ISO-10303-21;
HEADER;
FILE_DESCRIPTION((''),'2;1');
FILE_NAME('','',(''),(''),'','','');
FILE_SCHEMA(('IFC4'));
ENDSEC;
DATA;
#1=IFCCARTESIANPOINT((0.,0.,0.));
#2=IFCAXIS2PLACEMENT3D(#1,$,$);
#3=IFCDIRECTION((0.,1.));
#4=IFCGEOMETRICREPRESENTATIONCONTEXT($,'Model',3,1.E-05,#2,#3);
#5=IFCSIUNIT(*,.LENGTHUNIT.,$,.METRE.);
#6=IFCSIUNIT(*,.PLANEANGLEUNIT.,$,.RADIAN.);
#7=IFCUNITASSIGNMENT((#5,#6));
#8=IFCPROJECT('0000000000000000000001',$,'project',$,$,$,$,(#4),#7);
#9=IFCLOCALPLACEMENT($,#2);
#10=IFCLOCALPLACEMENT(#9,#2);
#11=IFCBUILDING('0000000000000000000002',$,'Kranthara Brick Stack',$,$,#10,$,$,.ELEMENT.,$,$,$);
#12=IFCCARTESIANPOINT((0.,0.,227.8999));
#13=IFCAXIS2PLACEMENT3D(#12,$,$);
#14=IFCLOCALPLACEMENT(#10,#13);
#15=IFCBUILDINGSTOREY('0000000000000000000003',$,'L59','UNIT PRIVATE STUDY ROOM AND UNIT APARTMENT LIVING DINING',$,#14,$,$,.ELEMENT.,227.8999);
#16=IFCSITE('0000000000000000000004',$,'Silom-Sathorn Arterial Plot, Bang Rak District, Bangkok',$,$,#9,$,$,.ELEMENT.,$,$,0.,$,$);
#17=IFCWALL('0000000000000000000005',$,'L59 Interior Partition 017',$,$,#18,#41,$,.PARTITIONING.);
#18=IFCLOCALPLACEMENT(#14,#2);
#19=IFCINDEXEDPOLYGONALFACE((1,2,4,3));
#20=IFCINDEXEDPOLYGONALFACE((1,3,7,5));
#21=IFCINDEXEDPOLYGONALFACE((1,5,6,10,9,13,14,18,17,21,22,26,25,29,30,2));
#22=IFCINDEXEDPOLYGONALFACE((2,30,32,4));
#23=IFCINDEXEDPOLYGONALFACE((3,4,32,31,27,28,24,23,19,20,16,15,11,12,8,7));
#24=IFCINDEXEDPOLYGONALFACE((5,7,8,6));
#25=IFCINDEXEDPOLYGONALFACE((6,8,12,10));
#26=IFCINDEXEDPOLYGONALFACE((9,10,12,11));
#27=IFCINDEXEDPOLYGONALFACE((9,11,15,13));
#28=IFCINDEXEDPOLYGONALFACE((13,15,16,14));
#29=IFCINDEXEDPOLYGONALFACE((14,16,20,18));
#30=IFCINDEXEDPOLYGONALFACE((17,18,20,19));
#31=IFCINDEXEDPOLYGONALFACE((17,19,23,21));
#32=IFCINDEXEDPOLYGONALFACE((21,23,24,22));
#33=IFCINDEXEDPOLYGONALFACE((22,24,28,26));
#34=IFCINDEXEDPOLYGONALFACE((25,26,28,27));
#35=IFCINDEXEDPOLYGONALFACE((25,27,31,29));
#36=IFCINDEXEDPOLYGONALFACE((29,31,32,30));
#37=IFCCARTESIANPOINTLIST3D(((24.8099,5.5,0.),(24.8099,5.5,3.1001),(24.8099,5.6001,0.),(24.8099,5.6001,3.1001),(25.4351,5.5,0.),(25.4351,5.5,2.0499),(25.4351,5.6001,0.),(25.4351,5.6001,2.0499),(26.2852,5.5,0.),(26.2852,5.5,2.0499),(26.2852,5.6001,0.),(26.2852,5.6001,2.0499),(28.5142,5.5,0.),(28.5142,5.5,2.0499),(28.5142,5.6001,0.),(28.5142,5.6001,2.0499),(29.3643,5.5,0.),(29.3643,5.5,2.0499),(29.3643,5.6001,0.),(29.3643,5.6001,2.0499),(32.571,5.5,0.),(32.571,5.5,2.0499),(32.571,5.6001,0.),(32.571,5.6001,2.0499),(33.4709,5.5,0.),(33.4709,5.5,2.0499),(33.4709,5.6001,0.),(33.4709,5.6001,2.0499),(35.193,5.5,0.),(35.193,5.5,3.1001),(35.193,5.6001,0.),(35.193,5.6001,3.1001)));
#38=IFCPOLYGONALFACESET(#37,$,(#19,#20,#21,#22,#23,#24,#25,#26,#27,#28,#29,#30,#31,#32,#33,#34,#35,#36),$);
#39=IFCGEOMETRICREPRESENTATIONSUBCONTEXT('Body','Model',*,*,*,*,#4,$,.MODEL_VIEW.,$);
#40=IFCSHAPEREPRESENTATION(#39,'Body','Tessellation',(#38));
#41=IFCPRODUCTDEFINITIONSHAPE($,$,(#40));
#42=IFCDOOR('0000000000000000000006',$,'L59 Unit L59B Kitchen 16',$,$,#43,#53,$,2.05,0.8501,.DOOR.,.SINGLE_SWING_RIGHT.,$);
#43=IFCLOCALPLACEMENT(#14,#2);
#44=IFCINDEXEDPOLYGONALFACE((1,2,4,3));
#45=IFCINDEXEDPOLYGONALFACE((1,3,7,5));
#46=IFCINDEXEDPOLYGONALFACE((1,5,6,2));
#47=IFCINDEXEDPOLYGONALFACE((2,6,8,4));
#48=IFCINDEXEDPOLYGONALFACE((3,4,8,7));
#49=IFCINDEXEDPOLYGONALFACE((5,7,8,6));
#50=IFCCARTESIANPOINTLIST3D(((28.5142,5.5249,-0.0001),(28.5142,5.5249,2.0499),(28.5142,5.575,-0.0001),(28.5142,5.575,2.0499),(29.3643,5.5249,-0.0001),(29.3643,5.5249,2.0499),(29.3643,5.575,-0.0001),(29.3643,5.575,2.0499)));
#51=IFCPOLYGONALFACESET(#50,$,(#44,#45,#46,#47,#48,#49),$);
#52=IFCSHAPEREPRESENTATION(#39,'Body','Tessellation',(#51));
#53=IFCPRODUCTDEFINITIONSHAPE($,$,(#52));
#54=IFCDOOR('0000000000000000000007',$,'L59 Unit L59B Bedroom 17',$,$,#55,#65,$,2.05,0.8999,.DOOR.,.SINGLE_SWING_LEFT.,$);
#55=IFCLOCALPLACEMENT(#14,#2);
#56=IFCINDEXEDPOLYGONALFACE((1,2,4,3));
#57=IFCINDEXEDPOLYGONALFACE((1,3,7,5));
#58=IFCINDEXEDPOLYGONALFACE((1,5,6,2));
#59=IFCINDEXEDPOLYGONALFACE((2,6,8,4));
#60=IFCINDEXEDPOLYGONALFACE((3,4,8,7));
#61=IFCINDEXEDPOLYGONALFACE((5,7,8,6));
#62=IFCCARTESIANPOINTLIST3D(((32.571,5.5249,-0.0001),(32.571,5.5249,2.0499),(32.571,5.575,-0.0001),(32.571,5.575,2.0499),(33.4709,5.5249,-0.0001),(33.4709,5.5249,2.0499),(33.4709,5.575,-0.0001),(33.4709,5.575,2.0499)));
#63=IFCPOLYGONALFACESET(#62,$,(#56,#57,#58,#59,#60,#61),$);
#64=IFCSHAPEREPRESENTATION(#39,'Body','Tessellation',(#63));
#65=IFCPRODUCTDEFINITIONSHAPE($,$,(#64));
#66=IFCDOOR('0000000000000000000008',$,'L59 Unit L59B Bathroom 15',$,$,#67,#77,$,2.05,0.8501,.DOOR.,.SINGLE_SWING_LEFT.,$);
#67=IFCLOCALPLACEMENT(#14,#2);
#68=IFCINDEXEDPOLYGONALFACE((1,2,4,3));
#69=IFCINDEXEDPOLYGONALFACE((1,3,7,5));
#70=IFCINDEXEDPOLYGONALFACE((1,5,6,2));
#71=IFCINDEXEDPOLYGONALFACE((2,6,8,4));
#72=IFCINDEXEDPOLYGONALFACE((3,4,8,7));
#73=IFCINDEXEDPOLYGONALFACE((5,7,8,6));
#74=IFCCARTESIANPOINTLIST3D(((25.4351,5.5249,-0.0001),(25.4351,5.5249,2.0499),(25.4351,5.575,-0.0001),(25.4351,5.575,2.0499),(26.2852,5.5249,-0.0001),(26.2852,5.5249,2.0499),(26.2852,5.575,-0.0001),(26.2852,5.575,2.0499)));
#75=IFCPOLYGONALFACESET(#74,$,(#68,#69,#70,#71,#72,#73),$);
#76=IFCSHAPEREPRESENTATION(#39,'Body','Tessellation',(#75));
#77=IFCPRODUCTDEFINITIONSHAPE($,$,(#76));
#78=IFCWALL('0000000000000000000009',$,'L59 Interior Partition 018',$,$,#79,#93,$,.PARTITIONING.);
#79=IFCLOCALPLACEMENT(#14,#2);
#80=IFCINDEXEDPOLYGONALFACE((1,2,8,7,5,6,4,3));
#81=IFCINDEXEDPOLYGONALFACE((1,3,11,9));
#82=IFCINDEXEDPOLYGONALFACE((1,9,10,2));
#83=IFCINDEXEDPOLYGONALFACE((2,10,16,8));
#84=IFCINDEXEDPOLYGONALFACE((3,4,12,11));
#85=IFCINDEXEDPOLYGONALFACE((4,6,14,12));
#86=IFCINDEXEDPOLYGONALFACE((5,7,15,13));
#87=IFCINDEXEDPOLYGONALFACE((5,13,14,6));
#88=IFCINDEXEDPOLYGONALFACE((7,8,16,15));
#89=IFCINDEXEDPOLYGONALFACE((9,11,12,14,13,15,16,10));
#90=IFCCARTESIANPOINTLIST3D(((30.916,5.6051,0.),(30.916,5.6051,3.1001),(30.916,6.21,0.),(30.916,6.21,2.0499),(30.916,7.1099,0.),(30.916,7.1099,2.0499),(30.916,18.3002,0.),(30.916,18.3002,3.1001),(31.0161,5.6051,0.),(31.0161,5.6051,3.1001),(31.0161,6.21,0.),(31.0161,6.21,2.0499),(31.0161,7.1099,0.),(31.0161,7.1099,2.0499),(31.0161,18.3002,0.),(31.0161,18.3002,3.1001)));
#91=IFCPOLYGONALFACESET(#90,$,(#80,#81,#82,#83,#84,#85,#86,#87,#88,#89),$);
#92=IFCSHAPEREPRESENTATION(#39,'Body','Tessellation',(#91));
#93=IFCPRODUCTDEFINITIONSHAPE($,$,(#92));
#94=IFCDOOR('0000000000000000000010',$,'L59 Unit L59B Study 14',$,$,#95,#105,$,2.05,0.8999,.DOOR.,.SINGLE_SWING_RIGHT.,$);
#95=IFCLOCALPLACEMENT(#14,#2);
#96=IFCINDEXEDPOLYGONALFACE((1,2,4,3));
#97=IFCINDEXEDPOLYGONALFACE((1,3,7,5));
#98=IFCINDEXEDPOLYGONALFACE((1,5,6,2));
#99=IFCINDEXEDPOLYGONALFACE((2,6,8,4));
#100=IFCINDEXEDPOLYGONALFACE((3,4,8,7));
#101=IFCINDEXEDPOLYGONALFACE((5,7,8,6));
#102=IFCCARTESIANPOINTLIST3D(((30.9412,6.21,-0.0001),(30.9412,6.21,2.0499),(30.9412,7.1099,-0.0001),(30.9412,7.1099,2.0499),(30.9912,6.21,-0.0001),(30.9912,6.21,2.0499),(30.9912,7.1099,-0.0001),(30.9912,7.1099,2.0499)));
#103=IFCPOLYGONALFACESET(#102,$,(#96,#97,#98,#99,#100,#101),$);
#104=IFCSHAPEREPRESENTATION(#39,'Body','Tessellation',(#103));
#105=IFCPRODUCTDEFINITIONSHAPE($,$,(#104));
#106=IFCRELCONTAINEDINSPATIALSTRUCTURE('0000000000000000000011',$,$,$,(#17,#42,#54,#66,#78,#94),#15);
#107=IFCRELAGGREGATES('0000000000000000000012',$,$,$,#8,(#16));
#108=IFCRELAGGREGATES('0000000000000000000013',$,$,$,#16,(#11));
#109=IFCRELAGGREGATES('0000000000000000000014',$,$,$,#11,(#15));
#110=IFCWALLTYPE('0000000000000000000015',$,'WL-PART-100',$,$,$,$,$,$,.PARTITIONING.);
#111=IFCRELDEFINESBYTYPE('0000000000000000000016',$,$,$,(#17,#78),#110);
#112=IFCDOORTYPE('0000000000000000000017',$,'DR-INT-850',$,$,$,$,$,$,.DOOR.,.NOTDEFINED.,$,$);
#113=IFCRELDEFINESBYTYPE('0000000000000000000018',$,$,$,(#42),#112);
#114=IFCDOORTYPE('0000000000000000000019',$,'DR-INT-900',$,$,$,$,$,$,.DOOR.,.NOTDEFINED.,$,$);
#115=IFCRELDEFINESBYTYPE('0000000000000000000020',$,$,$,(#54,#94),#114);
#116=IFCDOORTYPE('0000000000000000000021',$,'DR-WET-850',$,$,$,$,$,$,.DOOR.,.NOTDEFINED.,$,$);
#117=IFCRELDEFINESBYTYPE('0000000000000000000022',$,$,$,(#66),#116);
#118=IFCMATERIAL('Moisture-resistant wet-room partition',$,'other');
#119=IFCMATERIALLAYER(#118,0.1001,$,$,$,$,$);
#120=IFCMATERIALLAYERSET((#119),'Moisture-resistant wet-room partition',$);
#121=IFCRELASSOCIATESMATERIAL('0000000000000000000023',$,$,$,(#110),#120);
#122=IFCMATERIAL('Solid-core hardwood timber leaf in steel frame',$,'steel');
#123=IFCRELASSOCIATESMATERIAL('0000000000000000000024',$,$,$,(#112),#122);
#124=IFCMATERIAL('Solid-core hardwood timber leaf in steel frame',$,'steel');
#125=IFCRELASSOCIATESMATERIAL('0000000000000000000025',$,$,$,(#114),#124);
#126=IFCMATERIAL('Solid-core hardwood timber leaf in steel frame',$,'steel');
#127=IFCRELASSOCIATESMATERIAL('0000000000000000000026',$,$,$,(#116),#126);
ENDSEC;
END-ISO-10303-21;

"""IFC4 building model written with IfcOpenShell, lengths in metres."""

from ifc_helpers import new_model, si_unit, direction, frame, frame_2d, origin, place, context, subcontext, project, spatial, rectangle, extrude, material, layer, layer_set, type_object, element, fill, save


model = new_model("IFC4")

# Units and contexts
model_context = context("Model", 3, precision=1e-05, world=origin(), true_north=direction((0.0, 1.0)))
body_context = subcontext(model_context, "Body", "Model", "MODEL_VIEW")
ifc_project = project(units=[si_unit("LENGTHUNIT", "METRE"), si_unit("PLANEANGLEUNIT", "RADIAN")], contexts=[model_context])

# Site, building, storey
site_placement = place(None, origin())
site = spatial("IfcSite", under=ifc_project, at=site_placement, Name="Silom-Sathorn Arterial Plot, Bang Rak District, Bangkok", CompositionType="ELEMENT", RefElevation=0.0)
building_placement = place(site_placement, origin())
building = spatial("IfcBuilding", under=site, at=building_placement, Name="Kranthara Brick Stack", CompositionType="ELEMENT")
storey_placement = place(building_placement, frame((0.0, 0.0, 227.8999)))
storey = spatial("IfcBuildingStorey", under=building, at=storey_placement, Name="L59", Description="UNIT PRIVATE STUDY ROOM AND UNIT APARTMENT LIVING DINING", CompositionType="ELEMENT", Elevation=227.8999)

# Wall, openings, doors
ifc_material_1 = material(Name="Moisture-resistant wet-room partition", Category="other")
ifc_layer_1 = layer(ifc_material_1, 0.1001)
ifc_layer_set_1 = layer_set([ifc_layer_1], Name="Moisture-resistant wet-room partition")
wall_type_1 = type_object("IfcWallType", Name="WL-PART-100", PredefinedType="PARTITIONING", material=ifc_layer_set_1)
wall_1_placement = place(storey_placement, frame((24.8101, 5.55, 0.0), z_axis=(0.0, 0.0, 1.0), x_axis=(1.0, 0.0, 0.0)))
wall_1 = element("IfcWall", 1, at=wall_1_placement, inside=storey, type_object=wall_type_1, Name="L59 Interior Partition 017", PredefinedType="PARTITIONING", context=body_context, shape_type="SweptSolid", body=[
    extrude(rectangle(XDim=10.3831, YDim=0.1001, at=frame_2d((5.1914, 0.0))), origin(), (0.0, 0.0, 1.0), 3.1001),
])
opening_1_placement = place(wall_1_placement, frame((0.625, 0.0, 0.0)))
opening_1 = element("IfcOpeningElement", 2, at=opening_1_placement, cuts=wall_1, PredefinedType="OPENING", context=body_context, shape_type="SweptSolid", body=[
    extrude(rectangle(XDim=0.8501, YDim=2.05, at=frame_2d((0.425, 1.0249))), frame((0.0, 0.0601, 0.0), z_axis=(0.0, -1.0, 0.0), x_axis=(1.0, 0.0, 0.0)), (0.0, 0.0, 1.0), 0.1201),
])
opening_2_placement = place(wall_1_placement, frame((3.7041, 0.0, 0.0)))
opening_2 = element("IfcOpeningElement", 3, at=opening_2_placement, cuts=wall_1, PredefinedType="OPENING", context=body_context, shape_type="SweptSolid", body=[
    extrude(rectangle(XDim=0.8501, YDim=2.05, at=frame_2d((0.425, 1.0249))), frame((0.0, 0.0601, 0.0), z_axis=(0.0, -1.0, 0.0), x_axis=(1.0, 0.0, 0.0)), (0.0, 0.0, 1.0), 0.1201),
])
opening_3_placement = place(wall_1_placement, frame((7.761, 0.0, 0.0)))
opening_3 = element("IfcOpeningElement", 4, at=opening_3_placement, cuts=wall_1, PredefinedType="OPENING", context=body_context, shape_type="SweptSolid", body=[
    extrude(rectangle(XDim=0.8999, YDim=2.05, at=frame_2d((0.45, 1.0249))), frame((0.0, 0.0601, 0.0), z_axis=(0.0, -1.0, 0.0), x_axis=(1.0, 0.0, 0.0)), (0.0, 0.0, 1.0), 0.1201),
])
ifc_material_2 = material(Name="Solid-core hardwood timber leaf in steel frame", Category="steel")
door_type_1 = type_object("IfcDoorType", Name="DR-INT-850", OperationType="NOTDEFINED", PredefinedType="DOOR", material=ifc_material_2)
door_1_placement = place(opening_2_placement, origin())
door_1 = element("IfcDoor", 5, at=door_1_placement, inside=storey, type_object=door_type_1, Name="L59 Unit L59B Kitchen 16", OperationType="SINGLE_SWING_RIGHT", OverallHeight=2.05, OverallWidth=0.8501, PredefinedType="DOOR", context=body_context, shape_type="SweptSolid", body=[
    extrude(rectangle(XDim=0.8501, YDim=2.05, at=frame_2d((0.425, 1.0249))), frame((0.0, 0.0249, 0.0), z_axis=(0.0, -1.0, 0.0), x_axis=(1.0, 0.0, 0.0)), (0.0, 0.0, 1.0), 0.05),
])
fill(opening_2, door_1)
ifc_material_3 = material(Name="Solid-core hardwood timber leaf in steel frame", Category="steel")
door_type_2 = type_object("IfcDoorType", Name="DR-INT-900", OperationType="NOTDEFINED", PredefinedType="DOOR", material=ifc_material_3)
door_2_placement = place(opening_3_placement, origin())
door_2 = element("IfcDoor", 6, at=door_2_placement, inside=storey, type_object=door_type_2, Name="L59 Unit L59B Bedroom 17", OperationType="SINGLE_SWING_LEFT", OverallHeight=2.05, OverallWidth=0.8999, PredefinedType="DOOR", context=body_context, shape_type="SweptSolid", body=[
    extrude(rectangle(XDim=0.8999, YDim=2.05, at=frame_2d((0.45, 1.0249))), frame((0.0, 0.0249, 0.0), z_axis=(0.0, -1.0, 0.0), x_axis=(1.0, 0.0, 0.0)), (0.0, 0.0, 1.0), 0.05),
])
fill(opening_3, door_2)
ifc_material_4 = material(Name="Solid-core hardwood timber leaf in steel frame", Category="steel")
door_type_3 = type_object("IfcDoorType", Name="DR-WET-850", OperationType="NOTDEFINED", PredefinedType="DOOR", material=ifc_material_4)
door_3_placement = place(opening_1_placement, origin())
door_3 = element("IfcDoor", 7, at=door_3_placement, inside=storey, type_object=door_type_3, Name="L59 Unit L59B Bathroom 15", OperationType="SINGLE_SWING_LEFT", OverallHeight=2.05, OverallWidth=0.8501, PredefinedType="DOOR", context=body_context, shape_type="SweptSolid", body=[
    extrude(rectangle(XDim=0.8501, YDim=2.05, at=frame_2d((0.425, 1.0249))), frame((0.0, 0.0249, 0.0), z_axis=(0.0, -1.0, 0.0), x_axis=(1.0, 0.0, 0.0)), (0.0, 0.0, 1.0), 0.05),
])
fill(opening_1, door_3)

# Wall, opening, door
wall_2_placement = place(storey_placement, frame((30.9661, 5.605, 0.0), z_axis=(0.0, 0.0, 1.0), x_axis=(0.0, 1.0, 0.0)))
wall_2 = element("IfcWall", 8, at=wall_2_placement, inside=storey, type_object=wall_type_1, Name="L59 Interior Partition 018", PredefinedType="PARTITIONING", context=body_context, shape_type="SweptSolid", body=[
    extrude(rectangle(XDim=12.6951, YDim=0.1001, at=frame_2d((6.3477, 0.0))), origin(), (0.0, 0.0, 1.0), 3.1001),
])
opening_4_placement = place(wall_2_placement, frame((0.605, 0.0, 0.0)))
opening_4 = element("IfcOpeningElement", 9, at=opening_4_placement, cuts=wall_2, PredefinedType="OPENING", context=body_context, shape_type="SweptSolid", body=[
    extrude(rectangle(XDim=0.8999, YDim=2.05, at=frame_2d((0.45, 1.0249))), frame((0.0, 0.0601, 0.0), z_axis=(0.0, -1.0, 0.0), x_axis=(1.0, 0.0, 0.0)), (0.0, 0.0, 1.0), 0.1201),
])
door_4_placement = place(opening_4_placement, origin())
door_4 = element("IfcDoor", 10, at=door_4_placement, inside=storey, type_object=door_type_2, Name="L59 Unit L59B Study 14", OperationType="SINGLE_SWING_RIGHT", OverallHeight=2.05, OverallWidth=0.8999, PredefinedType="DOOR", context=body_context, shape_type="SweptSolid", body=[
    extrude(rectangle(XDim=0.8999, YDim=2.05, at=frame_2d((0.45, 1.0249))), frame((0.0, 0.0249, 0.0), z_axis=(0.0, -1.0, 0.0), x_axis=(1.0, 0.0, 0.0)), (0.0, 0.0, 1.0), 0.05),
])
fill(opening_4, door_4)

save(model, "model.ifc")
